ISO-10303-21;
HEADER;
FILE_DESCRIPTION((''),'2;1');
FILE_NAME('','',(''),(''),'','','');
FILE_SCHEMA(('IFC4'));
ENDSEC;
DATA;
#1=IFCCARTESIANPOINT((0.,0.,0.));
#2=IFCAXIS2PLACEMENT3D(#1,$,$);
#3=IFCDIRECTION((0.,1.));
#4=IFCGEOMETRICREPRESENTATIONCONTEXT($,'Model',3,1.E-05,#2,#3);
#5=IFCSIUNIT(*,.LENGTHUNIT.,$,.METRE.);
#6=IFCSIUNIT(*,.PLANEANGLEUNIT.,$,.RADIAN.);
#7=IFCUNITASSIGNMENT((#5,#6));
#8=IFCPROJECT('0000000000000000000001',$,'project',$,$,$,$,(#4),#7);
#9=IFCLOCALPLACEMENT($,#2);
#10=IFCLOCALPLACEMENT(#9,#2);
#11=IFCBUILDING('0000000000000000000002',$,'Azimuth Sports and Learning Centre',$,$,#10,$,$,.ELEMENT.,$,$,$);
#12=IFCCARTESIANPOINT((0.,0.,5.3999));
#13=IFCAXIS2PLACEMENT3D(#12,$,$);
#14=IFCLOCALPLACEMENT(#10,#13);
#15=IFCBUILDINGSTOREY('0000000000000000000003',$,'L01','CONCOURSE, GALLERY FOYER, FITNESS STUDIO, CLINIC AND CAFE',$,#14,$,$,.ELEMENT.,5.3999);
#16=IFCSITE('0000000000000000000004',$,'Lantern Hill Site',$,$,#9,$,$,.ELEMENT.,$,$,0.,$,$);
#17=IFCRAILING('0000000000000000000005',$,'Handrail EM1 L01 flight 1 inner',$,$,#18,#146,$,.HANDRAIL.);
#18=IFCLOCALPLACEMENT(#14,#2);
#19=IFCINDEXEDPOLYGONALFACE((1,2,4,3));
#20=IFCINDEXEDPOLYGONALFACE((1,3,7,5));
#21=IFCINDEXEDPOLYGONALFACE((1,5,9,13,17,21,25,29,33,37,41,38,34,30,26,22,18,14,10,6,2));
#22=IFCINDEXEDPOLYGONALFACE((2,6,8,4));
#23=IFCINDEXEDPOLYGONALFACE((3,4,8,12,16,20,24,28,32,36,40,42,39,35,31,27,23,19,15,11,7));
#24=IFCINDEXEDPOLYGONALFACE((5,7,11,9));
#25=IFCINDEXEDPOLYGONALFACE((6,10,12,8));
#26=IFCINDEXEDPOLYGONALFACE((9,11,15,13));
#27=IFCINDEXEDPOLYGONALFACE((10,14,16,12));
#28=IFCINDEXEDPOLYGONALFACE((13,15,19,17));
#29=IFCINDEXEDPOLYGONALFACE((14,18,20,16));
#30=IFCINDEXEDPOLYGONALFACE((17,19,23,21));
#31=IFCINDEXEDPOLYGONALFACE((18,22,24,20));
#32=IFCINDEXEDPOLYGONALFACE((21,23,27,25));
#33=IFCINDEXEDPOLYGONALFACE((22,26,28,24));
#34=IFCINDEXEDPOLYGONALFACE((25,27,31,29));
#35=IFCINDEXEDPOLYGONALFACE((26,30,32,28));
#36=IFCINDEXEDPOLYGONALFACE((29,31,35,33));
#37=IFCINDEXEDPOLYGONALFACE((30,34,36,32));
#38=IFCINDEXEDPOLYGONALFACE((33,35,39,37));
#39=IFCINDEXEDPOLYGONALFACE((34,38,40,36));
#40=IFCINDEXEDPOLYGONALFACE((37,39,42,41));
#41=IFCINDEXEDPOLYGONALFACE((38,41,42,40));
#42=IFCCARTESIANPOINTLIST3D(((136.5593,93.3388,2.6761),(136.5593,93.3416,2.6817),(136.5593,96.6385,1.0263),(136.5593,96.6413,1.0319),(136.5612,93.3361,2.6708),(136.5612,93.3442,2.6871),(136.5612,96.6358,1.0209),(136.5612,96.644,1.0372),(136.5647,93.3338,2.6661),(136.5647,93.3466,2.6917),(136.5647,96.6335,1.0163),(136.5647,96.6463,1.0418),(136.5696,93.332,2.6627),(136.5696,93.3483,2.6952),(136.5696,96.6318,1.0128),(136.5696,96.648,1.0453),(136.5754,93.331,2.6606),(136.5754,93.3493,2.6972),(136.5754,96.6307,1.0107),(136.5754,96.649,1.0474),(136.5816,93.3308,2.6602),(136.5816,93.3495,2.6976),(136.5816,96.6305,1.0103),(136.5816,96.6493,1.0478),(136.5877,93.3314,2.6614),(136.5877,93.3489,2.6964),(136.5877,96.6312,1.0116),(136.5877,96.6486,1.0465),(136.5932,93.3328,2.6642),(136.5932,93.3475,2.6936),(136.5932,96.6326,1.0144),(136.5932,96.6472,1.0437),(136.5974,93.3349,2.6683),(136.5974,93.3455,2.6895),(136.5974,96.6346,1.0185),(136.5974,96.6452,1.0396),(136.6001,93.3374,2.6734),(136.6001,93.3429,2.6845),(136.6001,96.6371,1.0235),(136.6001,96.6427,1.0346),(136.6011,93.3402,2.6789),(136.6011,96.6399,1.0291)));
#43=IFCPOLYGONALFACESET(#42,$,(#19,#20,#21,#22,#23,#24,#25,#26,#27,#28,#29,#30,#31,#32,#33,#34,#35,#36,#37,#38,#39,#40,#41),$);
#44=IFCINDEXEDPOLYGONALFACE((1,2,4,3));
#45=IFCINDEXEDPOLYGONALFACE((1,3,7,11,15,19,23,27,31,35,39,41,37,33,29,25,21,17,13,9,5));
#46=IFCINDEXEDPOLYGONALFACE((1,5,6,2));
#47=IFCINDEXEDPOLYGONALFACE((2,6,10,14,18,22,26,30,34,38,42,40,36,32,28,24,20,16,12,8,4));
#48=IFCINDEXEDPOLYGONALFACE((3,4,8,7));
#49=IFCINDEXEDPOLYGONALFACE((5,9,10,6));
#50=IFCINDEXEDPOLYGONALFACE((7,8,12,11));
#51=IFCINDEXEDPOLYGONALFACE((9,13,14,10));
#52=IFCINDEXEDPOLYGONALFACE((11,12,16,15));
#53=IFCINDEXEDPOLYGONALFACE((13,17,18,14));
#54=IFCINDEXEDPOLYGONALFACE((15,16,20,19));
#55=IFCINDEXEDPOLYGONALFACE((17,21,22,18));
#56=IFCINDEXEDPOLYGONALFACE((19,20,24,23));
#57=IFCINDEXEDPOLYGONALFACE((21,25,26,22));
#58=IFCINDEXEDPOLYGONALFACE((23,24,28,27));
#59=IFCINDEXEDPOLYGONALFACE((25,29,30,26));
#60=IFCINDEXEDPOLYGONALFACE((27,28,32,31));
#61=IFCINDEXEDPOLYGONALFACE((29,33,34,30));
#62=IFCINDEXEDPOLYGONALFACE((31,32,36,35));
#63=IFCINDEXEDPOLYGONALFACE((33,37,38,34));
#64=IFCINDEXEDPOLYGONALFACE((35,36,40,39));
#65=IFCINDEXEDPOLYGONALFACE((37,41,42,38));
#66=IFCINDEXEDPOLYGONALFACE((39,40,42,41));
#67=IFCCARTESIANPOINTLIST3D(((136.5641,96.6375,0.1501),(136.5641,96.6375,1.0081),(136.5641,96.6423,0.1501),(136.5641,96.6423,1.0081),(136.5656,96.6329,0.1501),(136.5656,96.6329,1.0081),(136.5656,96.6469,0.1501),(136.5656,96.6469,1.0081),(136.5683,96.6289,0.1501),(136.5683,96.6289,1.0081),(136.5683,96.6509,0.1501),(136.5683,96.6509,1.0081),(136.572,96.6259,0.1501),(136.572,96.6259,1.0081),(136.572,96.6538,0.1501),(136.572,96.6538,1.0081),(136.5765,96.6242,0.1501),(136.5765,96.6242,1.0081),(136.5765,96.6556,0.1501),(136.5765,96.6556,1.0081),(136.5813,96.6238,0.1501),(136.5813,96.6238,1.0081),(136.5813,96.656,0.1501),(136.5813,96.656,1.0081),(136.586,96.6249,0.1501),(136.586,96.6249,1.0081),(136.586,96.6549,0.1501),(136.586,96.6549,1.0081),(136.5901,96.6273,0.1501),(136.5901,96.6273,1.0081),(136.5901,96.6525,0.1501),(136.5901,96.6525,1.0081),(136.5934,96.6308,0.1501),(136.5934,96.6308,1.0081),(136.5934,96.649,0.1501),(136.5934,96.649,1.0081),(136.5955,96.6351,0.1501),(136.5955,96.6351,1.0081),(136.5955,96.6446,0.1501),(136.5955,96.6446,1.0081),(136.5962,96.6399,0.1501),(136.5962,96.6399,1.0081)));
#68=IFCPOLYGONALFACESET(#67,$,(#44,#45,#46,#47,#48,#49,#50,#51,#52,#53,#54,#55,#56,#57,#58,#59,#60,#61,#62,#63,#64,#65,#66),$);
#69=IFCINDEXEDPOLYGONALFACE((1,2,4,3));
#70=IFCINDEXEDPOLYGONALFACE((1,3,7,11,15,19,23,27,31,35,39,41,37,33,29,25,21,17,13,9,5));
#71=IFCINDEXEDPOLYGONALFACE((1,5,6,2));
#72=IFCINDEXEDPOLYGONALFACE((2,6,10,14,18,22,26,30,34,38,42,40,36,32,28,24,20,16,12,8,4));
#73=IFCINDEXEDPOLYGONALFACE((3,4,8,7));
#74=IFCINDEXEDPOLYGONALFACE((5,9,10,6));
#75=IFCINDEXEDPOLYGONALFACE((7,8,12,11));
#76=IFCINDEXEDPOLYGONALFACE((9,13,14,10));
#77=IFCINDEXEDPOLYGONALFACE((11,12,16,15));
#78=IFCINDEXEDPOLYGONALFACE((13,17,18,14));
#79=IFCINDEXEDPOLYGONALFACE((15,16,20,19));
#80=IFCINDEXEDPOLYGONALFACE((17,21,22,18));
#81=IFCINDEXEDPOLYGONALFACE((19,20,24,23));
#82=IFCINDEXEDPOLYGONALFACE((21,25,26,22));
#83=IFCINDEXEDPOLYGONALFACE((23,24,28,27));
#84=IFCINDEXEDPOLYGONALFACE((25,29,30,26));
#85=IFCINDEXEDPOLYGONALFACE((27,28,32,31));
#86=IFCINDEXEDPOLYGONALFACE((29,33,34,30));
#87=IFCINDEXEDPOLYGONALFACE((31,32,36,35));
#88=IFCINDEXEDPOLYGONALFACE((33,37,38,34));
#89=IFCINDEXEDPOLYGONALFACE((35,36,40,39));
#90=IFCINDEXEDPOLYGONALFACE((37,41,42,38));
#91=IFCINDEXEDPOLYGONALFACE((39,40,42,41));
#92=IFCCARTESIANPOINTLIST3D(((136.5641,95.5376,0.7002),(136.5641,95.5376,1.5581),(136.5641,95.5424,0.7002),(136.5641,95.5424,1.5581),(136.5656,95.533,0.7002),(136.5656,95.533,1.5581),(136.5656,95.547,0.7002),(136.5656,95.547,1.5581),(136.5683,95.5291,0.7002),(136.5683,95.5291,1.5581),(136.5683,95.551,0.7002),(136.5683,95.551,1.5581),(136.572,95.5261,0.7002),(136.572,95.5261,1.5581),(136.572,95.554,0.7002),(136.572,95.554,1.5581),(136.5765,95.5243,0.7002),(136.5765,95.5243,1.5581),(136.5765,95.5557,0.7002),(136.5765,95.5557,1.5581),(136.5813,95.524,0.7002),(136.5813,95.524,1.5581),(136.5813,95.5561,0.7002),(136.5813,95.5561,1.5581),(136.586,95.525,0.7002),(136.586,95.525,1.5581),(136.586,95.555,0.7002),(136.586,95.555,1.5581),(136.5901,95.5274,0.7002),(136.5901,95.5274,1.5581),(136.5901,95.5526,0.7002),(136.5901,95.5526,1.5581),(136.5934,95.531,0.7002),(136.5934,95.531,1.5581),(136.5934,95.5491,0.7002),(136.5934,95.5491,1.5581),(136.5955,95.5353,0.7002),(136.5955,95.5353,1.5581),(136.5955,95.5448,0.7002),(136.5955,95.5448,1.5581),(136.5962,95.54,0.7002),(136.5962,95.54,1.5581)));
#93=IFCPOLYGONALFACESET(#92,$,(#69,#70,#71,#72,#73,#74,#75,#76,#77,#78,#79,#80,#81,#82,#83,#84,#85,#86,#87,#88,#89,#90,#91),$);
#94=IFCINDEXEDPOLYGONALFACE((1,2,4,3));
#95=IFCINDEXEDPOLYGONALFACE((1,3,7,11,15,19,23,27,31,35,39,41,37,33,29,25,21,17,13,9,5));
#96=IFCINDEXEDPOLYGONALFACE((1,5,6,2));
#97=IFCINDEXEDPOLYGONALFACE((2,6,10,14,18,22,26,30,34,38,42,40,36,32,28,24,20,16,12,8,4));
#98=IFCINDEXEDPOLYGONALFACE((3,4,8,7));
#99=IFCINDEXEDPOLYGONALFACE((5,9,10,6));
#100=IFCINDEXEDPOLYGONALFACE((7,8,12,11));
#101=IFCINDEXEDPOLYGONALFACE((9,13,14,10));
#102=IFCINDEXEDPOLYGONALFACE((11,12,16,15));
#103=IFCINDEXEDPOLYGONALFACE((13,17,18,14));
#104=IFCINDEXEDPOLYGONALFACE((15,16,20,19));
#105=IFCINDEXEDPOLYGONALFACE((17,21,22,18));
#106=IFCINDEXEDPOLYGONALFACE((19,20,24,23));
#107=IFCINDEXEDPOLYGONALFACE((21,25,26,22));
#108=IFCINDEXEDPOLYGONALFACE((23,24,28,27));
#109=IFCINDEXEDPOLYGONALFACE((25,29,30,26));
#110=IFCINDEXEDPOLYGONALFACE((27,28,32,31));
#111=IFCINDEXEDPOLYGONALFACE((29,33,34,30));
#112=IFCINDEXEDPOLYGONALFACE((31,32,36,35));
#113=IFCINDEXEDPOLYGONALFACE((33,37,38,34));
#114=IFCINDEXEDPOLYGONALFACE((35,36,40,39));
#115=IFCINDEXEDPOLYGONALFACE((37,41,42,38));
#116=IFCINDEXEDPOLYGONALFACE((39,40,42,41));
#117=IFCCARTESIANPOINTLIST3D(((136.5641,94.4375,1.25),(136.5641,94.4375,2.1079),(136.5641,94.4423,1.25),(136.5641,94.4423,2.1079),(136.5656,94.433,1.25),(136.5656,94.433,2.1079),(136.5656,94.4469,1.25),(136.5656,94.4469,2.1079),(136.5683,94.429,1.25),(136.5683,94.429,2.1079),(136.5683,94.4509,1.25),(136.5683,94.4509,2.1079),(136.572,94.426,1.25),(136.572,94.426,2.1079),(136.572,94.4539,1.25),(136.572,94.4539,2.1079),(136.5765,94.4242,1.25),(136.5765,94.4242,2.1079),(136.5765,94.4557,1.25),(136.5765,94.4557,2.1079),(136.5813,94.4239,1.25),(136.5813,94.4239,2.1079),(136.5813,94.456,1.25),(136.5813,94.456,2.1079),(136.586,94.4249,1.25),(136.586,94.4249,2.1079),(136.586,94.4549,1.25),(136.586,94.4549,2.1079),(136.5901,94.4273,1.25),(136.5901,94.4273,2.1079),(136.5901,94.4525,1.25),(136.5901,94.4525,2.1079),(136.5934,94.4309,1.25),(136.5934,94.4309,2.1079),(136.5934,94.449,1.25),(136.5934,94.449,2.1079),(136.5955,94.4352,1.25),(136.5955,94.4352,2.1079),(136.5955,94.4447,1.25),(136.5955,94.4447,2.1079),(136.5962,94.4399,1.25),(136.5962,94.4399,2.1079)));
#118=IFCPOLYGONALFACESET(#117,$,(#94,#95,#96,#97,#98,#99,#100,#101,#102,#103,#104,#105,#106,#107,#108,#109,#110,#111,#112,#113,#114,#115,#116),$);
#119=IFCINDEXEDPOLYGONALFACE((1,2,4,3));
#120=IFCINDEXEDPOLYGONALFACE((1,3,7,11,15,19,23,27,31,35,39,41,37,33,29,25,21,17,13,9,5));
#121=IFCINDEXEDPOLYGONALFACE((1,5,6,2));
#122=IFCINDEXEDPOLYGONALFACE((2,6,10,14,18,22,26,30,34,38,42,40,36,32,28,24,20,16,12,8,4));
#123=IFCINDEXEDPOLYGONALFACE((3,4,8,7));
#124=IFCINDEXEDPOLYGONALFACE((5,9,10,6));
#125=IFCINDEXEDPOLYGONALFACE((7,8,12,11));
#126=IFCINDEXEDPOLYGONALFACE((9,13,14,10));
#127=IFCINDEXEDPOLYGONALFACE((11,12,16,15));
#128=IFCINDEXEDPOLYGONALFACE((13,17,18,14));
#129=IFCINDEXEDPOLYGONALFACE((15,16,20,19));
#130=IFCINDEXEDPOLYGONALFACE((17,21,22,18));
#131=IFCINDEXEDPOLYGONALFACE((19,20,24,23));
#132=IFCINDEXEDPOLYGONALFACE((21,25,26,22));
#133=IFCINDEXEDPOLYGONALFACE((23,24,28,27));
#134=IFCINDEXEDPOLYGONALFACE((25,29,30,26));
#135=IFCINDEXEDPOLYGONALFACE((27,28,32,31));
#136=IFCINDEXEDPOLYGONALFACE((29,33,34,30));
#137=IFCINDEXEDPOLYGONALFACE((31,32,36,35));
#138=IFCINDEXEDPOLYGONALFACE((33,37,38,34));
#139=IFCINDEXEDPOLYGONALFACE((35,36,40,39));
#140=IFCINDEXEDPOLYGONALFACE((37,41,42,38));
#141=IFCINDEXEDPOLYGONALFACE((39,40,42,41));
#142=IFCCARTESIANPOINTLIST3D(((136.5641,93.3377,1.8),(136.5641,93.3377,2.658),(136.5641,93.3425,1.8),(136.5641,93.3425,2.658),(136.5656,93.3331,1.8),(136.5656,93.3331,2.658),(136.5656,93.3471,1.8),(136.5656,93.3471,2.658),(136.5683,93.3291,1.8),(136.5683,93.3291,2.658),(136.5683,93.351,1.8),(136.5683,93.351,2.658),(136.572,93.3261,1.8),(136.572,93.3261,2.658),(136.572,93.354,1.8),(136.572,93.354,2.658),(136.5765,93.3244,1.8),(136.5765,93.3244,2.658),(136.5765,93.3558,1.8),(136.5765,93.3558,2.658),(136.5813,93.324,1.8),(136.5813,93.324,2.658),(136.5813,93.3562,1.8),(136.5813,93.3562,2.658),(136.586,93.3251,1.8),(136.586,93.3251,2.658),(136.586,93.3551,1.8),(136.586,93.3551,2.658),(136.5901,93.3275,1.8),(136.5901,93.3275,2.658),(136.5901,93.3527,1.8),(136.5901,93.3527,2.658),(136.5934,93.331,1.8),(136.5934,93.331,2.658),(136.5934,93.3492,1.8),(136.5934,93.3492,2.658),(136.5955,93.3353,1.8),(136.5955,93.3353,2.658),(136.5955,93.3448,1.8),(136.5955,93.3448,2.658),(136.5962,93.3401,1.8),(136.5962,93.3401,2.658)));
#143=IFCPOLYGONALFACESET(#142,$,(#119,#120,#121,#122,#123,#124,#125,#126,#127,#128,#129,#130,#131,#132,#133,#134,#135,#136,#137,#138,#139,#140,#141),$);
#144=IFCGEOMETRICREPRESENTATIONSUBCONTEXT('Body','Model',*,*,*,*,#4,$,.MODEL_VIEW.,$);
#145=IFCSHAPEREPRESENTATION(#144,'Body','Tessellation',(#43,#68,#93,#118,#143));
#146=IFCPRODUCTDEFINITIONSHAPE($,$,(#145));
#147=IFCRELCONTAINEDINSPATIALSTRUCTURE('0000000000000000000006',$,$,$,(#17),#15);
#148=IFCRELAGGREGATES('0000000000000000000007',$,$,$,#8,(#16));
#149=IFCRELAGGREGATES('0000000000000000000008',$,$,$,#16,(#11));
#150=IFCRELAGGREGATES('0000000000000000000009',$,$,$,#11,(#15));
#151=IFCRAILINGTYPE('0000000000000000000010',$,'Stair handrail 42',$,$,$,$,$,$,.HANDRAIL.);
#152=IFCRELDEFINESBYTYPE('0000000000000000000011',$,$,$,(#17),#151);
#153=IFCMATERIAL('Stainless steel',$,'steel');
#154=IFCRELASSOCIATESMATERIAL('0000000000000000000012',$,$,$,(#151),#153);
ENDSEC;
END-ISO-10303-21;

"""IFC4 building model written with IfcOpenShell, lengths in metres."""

from ifc_helpers import new_model, si_unit, direction, frame, origin, origin_2d, place, context, subcontext, project, spatial, circle, extrude, material, type_object, element, save


model = new_model("IFC4")

# Units and contexts
model_context = context("Model", 3, precision=1e-05, world=origin(), true_north=direction((0.0, 1.0)))
body_context = subcontext(model_context, "Body", "Model", "MODEL_VIEW")
ifc_project = project(units=[si_unit("LENGTHUNIT", "METRE"), si_unit("PLANEANGLEUNIT", "RADIAN")], contexts=[model_context])

# Site, building, storey
site_placement = place(None, origin())
site = spatial("IfcSite", under=ifc_project, at=site_placement, Name="Lantern Hill Site", CompositionType="ELEMENT", RefElevation=0.0)
building_placement = place(site_placement, origin())
building = spatial("IfcBuilding", under=site, at=building_placement, Name="Azimuth Sports and Learning Centre", CompositionType="ELEMENT")
storey_placement = place(building_placement, frame((0.0, 0.0, 5.3999)))
storey = spatial("IfcBuildingStorey", under=building, at=storey_placement, Name="L01", Description="CONCOURSE, GALLERY FOYER, FITNESS STUDIO, CLINIC AND CAFE", CompositionType="ELEMENT", Elevation=5.3999)

# Railing
ifc_material_1 = material(Name="Stainless steel", Category="steel")
railing_type_1 = type_object("IfcRailingType", Name="Stair handrail 42", PredefinedType="HANDRAIL", material=ifc_material_1)
railing_1_placement = place(storey_placement, frame((136.5801, 96.6399, 0.1501)))
element("IfcRailing", 1, at=railing_1_placement, inside=storey, type_object=railing_type_1, Name="Handrail EM1 L01 flight 1 inner", PredefinedType="HANDRAIL", context=body_context, shape_type="SweptSolid", body=[
    extrude(circle(Radius=0.021, at=origin_2d()), frame((0.0, 0.0, 0.8789), z_axis=(0.0, -0.894427, 0.447214), x_axis=(1.0, 0.0, 0.0)), (0.0, 0.0, 1.0), 3.6892),
    extrude(circle(Radius=0.0161, at=origin_2d()), origin(), (0.0, 0.0, 1.0), 0.8579),
    extrude(circle(Radius=0.0161, at=origin_2d()), frame((0.0, -1.0999, 0.55)), (0.0, 0.0, 1.0), 0.8579),
    extrude(circle(Radius=0.0161, at=origin_2d()), frame((0.0, -2.2, 1.0999)), (0.0, 0.0, 1.0), 0.8579),
    extrude(circle(Radius=0.0161, at=origin_2d()), frame((0.0, -3.2998, 1.6499)), (0.0, 0.0, 1.0), 0.8579),
])

save(model, "model.ifc")
